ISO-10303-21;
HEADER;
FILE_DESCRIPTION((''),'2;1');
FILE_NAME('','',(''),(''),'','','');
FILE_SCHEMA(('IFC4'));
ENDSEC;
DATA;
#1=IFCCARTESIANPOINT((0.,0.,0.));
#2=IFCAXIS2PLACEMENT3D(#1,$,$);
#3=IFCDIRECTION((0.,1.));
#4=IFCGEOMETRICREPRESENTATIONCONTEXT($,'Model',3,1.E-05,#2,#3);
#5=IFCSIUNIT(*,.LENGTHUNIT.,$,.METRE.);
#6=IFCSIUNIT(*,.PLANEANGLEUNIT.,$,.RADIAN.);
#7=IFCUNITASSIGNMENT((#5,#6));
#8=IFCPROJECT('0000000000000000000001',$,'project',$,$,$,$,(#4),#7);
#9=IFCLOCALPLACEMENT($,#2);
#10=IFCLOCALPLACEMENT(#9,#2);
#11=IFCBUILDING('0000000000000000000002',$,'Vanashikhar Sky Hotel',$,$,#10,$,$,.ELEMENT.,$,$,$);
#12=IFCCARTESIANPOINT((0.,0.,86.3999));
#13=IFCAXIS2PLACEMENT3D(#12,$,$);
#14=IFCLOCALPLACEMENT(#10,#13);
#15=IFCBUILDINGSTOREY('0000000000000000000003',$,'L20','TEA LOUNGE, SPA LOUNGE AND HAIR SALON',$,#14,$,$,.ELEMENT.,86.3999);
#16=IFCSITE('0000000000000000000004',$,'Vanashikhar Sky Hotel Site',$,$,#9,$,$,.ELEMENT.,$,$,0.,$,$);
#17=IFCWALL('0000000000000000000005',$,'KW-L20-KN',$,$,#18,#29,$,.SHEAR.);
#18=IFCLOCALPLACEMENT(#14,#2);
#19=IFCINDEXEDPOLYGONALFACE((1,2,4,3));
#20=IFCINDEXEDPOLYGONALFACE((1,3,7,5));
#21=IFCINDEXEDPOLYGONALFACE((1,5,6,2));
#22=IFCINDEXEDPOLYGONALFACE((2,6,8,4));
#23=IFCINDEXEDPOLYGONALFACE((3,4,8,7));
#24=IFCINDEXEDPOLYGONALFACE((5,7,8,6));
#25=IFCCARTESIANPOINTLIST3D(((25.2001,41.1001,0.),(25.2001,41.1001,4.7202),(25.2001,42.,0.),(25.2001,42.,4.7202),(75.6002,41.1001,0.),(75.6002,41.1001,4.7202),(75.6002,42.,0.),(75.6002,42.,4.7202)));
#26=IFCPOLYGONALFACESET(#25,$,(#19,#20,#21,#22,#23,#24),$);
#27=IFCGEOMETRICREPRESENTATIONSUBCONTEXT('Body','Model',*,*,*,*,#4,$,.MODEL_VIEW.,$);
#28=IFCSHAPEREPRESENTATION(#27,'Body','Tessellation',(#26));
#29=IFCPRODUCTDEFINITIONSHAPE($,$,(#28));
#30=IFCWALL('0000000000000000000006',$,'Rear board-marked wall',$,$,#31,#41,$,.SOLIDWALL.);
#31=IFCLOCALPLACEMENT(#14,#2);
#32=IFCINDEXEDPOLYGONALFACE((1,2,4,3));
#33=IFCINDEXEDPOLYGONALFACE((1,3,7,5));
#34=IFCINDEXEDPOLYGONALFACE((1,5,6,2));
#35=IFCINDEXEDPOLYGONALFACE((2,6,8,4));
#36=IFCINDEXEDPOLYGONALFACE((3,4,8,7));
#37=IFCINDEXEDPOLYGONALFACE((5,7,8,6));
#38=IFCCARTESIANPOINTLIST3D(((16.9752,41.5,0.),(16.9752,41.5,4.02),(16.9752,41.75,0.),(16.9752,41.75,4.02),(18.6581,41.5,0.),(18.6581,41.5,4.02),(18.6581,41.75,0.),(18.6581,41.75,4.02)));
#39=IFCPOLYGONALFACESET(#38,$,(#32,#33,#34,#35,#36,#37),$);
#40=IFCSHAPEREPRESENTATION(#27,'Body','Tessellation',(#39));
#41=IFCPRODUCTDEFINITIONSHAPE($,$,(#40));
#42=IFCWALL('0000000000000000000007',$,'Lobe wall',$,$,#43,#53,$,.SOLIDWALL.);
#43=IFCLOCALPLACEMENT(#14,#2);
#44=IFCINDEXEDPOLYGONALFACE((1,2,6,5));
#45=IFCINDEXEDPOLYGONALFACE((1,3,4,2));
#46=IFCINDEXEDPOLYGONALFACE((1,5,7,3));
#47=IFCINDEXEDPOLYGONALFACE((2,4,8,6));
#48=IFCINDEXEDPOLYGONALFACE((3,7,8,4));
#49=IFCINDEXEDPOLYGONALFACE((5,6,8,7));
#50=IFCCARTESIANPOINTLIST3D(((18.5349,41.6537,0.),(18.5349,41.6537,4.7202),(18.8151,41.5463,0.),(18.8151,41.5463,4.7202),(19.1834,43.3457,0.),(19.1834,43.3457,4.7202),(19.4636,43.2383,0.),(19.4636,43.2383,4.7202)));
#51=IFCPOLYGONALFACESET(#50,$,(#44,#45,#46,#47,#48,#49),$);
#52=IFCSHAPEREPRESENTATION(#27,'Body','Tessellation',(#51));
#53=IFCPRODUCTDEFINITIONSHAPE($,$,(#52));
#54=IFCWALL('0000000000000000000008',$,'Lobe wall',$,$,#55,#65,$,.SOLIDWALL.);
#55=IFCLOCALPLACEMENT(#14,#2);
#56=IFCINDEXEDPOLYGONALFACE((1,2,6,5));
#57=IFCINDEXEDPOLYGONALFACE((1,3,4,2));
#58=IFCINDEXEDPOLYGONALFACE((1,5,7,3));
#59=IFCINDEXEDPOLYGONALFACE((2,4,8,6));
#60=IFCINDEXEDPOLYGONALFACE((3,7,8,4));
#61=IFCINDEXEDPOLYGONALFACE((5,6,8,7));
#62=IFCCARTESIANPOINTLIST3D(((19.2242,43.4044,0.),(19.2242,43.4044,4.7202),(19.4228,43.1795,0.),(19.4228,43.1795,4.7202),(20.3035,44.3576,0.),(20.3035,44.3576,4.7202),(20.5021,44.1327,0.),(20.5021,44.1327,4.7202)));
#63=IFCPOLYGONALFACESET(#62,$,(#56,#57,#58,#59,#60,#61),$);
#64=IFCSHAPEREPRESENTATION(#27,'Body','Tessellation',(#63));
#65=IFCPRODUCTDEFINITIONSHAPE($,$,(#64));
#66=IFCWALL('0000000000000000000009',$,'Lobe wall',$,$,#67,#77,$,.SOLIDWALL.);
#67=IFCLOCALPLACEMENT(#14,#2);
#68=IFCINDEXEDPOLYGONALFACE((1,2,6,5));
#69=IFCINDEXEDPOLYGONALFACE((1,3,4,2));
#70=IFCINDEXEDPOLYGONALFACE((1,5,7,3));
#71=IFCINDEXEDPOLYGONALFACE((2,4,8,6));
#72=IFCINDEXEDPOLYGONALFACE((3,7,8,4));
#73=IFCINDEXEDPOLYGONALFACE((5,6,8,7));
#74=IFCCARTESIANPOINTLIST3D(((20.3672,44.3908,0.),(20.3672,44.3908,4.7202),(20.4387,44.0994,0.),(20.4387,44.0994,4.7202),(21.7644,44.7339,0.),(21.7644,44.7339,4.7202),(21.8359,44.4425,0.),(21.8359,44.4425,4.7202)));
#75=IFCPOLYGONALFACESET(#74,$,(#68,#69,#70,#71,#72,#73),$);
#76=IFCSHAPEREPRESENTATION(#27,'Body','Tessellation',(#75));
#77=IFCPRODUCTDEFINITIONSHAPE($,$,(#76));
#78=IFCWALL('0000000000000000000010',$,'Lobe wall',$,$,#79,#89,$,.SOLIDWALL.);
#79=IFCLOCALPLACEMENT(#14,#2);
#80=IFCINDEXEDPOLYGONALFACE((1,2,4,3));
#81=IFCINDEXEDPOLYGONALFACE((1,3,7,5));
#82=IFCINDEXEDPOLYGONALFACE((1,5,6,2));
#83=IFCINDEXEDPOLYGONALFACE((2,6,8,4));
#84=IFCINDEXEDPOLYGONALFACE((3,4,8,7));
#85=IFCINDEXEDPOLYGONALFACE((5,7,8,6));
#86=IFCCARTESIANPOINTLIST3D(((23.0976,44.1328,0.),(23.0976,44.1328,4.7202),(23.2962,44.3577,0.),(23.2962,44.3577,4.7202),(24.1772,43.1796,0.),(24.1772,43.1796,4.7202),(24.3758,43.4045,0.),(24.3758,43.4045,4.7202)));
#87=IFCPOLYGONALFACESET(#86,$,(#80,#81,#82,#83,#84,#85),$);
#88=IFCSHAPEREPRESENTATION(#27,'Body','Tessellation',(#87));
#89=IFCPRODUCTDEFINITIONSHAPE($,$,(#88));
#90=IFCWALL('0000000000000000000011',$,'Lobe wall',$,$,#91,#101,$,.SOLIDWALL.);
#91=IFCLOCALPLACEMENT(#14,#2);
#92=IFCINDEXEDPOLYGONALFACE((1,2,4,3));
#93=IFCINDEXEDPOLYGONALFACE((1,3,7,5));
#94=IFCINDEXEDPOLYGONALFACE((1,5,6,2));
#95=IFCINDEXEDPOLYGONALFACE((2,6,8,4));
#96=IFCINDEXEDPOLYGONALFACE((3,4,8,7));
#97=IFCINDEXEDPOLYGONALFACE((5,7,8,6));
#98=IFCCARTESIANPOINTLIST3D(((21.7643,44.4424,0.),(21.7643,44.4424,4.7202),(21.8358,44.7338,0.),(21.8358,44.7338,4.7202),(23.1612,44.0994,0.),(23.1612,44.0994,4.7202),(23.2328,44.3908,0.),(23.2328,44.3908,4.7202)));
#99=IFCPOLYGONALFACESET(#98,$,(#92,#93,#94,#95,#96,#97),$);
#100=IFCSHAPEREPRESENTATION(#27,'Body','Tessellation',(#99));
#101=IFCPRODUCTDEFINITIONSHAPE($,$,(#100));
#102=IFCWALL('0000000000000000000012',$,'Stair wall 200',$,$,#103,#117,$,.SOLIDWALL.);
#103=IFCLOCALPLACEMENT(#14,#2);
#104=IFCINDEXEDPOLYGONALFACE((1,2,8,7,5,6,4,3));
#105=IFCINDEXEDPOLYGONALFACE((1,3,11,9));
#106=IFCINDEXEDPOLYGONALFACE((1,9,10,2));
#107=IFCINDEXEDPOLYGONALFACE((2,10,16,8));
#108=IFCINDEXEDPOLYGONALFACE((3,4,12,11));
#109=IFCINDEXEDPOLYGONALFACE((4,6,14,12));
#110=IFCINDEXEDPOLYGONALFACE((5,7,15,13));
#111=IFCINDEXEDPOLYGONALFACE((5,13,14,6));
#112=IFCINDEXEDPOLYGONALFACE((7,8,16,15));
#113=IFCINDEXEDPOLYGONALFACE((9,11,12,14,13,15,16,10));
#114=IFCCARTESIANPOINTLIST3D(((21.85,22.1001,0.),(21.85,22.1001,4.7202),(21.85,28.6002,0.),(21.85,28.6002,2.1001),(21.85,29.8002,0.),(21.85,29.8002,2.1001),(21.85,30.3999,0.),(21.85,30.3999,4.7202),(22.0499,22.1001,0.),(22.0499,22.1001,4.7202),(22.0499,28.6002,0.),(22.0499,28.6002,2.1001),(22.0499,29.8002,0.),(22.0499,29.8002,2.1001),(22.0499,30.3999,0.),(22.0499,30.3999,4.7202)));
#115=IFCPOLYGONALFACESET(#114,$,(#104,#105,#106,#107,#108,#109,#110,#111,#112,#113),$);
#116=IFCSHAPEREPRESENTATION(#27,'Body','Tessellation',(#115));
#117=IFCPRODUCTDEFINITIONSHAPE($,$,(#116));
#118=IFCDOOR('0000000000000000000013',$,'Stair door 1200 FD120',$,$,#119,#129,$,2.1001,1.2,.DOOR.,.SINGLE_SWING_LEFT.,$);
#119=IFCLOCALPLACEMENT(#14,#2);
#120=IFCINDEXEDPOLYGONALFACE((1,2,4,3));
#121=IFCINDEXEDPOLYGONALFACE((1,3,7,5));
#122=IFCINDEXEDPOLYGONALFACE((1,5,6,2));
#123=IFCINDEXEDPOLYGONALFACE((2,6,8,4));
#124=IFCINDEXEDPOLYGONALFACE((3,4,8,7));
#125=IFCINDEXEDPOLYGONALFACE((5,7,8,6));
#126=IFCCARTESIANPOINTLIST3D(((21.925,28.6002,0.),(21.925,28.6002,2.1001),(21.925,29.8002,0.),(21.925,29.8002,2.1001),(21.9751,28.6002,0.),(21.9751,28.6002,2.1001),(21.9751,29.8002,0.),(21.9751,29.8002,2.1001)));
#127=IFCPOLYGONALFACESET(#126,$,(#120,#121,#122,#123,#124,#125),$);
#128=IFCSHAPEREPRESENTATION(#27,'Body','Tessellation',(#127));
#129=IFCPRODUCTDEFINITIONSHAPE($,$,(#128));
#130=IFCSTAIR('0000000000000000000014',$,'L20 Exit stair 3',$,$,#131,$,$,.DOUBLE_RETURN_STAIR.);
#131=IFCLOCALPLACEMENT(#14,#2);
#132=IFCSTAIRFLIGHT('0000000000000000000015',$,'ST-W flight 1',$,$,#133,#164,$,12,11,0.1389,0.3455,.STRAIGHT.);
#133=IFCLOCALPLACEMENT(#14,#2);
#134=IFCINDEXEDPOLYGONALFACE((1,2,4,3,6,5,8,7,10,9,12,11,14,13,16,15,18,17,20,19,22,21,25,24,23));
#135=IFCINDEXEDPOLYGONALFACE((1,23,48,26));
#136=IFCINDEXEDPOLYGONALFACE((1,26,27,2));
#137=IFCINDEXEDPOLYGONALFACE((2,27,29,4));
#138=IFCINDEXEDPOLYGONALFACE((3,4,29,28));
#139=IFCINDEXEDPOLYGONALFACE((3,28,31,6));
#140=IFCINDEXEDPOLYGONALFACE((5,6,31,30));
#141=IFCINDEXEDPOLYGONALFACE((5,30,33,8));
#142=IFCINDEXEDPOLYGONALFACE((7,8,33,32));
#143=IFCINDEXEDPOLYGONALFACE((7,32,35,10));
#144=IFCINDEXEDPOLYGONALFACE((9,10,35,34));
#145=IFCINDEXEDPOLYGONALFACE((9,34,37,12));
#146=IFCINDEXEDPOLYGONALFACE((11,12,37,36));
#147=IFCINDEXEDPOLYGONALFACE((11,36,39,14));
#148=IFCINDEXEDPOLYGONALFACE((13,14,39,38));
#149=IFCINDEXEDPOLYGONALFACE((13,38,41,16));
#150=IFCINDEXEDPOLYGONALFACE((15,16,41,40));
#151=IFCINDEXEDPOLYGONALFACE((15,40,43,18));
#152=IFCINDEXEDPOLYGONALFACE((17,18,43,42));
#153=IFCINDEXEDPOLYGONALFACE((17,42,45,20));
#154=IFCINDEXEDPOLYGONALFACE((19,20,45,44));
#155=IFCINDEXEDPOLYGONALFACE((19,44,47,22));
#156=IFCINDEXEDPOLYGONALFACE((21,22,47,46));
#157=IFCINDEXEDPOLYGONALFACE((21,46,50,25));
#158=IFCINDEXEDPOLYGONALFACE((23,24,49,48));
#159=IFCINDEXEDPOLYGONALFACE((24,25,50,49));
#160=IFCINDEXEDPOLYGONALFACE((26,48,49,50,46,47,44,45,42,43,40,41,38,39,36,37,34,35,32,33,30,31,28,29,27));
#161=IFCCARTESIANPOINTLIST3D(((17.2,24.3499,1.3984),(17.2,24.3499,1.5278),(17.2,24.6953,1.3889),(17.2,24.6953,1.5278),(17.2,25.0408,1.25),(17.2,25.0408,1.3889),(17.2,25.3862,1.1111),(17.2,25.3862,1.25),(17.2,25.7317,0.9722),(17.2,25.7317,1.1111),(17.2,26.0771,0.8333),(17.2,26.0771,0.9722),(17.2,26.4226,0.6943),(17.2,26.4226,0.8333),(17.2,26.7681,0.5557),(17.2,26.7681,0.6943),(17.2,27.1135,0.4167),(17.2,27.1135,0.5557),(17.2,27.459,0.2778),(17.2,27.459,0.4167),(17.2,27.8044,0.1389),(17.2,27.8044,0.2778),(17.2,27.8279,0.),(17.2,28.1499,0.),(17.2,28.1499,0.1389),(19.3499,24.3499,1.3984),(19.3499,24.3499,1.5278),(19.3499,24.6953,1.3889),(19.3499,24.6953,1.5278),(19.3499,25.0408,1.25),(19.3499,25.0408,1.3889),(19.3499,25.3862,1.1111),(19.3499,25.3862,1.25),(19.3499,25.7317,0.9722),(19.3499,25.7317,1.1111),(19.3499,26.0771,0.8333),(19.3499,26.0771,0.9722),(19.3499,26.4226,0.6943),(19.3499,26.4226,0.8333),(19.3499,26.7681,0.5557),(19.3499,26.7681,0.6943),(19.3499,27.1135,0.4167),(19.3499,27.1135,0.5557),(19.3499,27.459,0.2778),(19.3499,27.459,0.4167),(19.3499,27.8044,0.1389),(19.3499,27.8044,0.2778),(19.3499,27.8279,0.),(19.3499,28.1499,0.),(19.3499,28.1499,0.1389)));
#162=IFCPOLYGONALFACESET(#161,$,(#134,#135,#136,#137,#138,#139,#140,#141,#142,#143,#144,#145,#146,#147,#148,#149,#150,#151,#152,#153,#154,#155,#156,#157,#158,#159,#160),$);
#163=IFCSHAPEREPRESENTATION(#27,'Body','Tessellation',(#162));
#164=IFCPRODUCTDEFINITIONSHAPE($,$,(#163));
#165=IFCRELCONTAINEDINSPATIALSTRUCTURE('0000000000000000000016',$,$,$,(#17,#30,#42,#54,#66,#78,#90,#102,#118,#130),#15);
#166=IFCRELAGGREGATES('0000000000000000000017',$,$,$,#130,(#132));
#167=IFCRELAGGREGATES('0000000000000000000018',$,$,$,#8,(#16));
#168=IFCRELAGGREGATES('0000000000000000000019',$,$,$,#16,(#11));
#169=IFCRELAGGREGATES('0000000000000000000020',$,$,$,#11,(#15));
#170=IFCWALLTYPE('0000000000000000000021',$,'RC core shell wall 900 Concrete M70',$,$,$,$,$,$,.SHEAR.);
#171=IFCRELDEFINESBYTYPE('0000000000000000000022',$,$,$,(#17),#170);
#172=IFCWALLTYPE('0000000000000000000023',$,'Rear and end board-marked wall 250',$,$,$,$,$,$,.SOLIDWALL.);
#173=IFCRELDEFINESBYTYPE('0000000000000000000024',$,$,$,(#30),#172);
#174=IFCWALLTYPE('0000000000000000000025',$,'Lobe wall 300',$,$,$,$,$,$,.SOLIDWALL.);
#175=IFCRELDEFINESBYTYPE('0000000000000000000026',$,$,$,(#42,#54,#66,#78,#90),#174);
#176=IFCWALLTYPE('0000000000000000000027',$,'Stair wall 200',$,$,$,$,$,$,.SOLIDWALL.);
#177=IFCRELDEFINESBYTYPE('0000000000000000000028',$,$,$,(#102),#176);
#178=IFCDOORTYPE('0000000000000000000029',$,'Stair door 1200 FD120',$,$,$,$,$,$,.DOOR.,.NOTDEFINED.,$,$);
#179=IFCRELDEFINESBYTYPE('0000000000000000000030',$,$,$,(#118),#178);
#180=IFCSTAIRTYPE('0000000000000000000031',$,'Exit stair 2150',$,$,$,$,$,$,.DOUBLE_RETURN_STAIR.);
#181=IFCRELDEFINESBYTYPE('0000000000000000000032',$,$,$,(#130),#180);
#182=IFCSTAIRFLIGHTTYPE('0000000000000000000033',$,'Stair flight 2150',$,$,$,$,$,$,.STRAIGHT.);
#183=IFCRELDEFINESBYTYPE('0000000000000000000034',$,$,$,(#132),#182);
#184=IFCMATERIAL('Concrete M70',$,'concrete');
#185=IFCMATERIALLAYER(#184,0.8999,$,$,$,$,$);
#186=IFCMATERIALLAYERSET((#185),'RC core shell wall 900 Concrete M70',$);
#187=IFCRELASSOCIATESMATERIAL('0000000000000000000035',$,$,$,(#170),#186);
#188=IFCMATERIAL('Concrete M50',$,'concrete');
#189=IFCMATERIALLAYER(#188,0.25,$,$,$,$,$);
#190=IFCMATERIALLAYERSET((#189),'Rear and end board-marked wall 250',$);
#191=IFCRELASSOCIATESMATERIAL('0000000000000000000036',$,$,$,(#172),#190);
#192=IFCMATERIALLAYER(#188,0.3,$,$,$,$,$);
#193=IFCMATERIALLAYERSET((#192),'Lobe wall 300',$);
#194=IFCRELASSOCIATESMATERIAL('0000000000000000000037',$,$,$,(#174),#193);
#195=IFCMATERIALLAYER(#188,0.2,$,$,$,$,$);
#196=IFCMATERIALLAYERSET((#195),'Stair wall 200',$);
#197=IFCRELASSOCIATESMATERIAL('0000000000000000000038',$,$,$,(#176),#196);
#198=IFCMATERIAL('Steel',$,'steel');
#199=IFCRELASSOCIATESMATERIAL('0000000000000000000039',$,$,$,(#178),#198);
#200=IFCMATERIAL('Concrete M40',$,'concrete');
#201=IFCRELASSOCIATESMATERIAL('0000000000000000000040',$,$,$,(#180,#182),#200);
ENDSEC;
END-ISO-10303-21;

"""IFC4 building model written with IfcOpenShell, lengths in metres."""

from ifc_helpers import new_model, si_unit, direction, frame, frame_2d, origin, place, context, subcontext, project, spatial, polyline, rectangle, outline, extrude, source, transform, mapped, material, layer, layer_set, type_object, element, fill, aggregate, save


model = new_model("IFC4")

# Units and contexts
model_context = context("Model", 3, precision=1e-05, world=origin(), true_north=direction((0.0, 1.0)))
body_context = subcontext(model_context, "Body", "Model", "MODEL_VIEW")
ifc_project = project(units=[si_unit("LENGTHUNIT", "METRE"), si_unit("PLANEANGLEUNIT", "RADIAN")], contexts=[model_context])

# Site, building, storey
site_placement = place(None, origin())
site = spatial("IfcSite", under=ifc_project, at=site_placement, Name="Vanashikhar Sky Hotel Site", CompositionType="ELEMENT", RefElevation=0.0)
building_placement = place(site_placement, origin())
building = spatial("IfcBuilding", under=site, at=building_placement, Name="Vanashikhar Sky Hotel", CompositionType="ELEMENT")
storey_placement = place(building_placement, frame((0.0, 0.0, 86.3999)))
storey = spatial("IfcBuildingStorey", under=building, at=storey_placement, Name="L20", Description="TEA LOUNGE, SPA LOUNGE AND HAIR SALON", CompositionType="ELEMENT", Elevation=86.3999)

# Shared definitions
ifc_material_1 = material(Name="Concrete M70", Category="concrete")
ifc_layer_1 = layer(ifc_material_1, 0.8999)
ifc_layer_set_1 = layer_set([ifc_layer_1], Name="RC core shell wall 900 Concrete M70")
wall_type_1 = type_object("IfcWallType", Name="RC core shell wall 900 Concrete M70", PredefinedType="SHEAR", material=ifc_layer_set_1)
shared_shape_1 = source(origin(), body_context, "Body", "SweptSolid", [
    extrude(rectangle(XDim=50.4001, YDim=0.8999, at=frame_2d((25.2002, 0.0))), origin(), (0.0, 0.0, 1.0), 4.7202),
])
ifc_material_2 = material(Name="Steel", Category="steel")

# Walls
wall_1_placement = place(storey_placement, frame((25.2, 41.55, 0.0), z_axis=(0.0, 0.0, 1.0), x_axis=(1.0, 0.0, 0.0)))
element("IfcWall", 1, at=wall_1_placement, inside=storey, type_object=wall_type_1, Name="KW-L20-KN", PredefinedType="SHEAR", context=body_context, shape_type="MappedRepresentation", body=[
    mapped(shared_shape_1, transform((0.0, 0.0, 0.0), scale=1.0)),
])
ifc_material_3 = material(Name="Concrete M50", Category="concrete")
ifc_layer_2 = layer(ifc_material_3, 0.25)
ifc_layer_set_2 = layer_set([ifc_layer_2], Name="Rear and end board-marked wall 250")
wall_type_2 = type_object("IfcWallType", Name="Rear and end board-marked wall 250", PredefinedType="SOLIDWALL", material=ifc_layer_set_2)
shared_shape_2 = source(origin(), body_context, "Body", "SweptSolid", [
    extrude(rectangle(XDim=1.6829, YDim=0.25, at=frame_2d((0.8413, 0.0))), origin(), (0.0, 0.0, 1.0), 4.02),
])
wall_2_placement = place(storey_placement, frame((18.658, 41.625, 0.0), z_axis=(0.0, 0.0, 1.0), x_axis=(-1.0, 0.0, 0.0)))
element("IfcWall", 2, at=wall_2_placement, inside=storey, type_object=wall_type_2, Name="Rear board-marked wall", PredefinedType="SOLIDWALL", context=body_context, shape_type="MappedRepresentation", body=[
    mapped(shared_shape_2, transform((0.0, 0.0, 0.0), scale=1.0)),
])
ifc_layer_3 = layer(ifc_material_3, 0.3)
ifc_layer_set_3 = layer_set([ifc_layer_3], Name="Lobe wall 300")
wall_type_3 = type_object("IfcWallType", Name="Lobe wall 300", PredefinedType="SOLIDWALL", material=ifc_layer_set_3)
shared_shape_3 = source(origin(), body_context, "Body", "SweptSolid", [
    extrude(rectangle(XDim=1.812, YDim=0.3, at=frame_2d((0.906, 0.0))), origin(), (0.0, 0.0, 1.0), 4.7202),
])
wall_3_placement = place(storey_placement, frame((19.3235, 43.292, 0.0), z_axis=(0.0, 0.0, 1.0), x_axis=(-0.357877, -0.933769, 0.0)))
element("IfcWall", 3, at=wall_3_placement, inside=storey, type_object=wall_type_3, Name="Lobe wall", PredefinedType="SOLIDWALL", context=body_context, shape_type="MappedRepresentation", body=[
    mapped(shared_shape_3, transform((0.0, 0.0, 0.0), scale=1.0)),
])
shared_shape_4 = source(origin(), body_context, "Body", "SweptSolid", [
    extrude(rectangle(XDim=1.4399, YDim=0.3, at=frame_2d((0.72, 0.0))), origin(), (0.0, 0.0, 1.0), 4.7202),
])
wall_4_placement = place(storey_placement, frame((20.4028, 44.2451, 0.0), z_axis=(0.0, 0.0, 1.0), x_axis=(-0.749576, -0.661919, 0.0)))
element("IfcWall", 4, at=wall_4_placement, inside=storey, type_object=wall_type_3, Name="Lobe wall", PredefinedType="SOLIDWALL", context=body_context, shape_type="MappedRepresentation", body=[
    mapped(shared_shape_4, transform((0.0, 0.0, 0.0), scale=1.0)),
])
shared_shape_5 = source(origin(), body_context, "Body", "SweptSolid", [
    extrude(rectangle(XDim=1.4387, YDim=0.3, at=frame_2d((0.7192, 0.0))), origin(), (0.0, 0.0, 1.0), 4.7202),
])
wall_5_placement = place(storey_placement, frame((21.8, 44.5881, 0.0), z_axis=(0.0, 0.0, 1.0), x_axis=(-0.971162, -0.238421, 0.0)))
element("IfcWall", 5, at=wall_5_placement, inside=storey, type_object=wall_type_3, Name="Lobe wall", PredefinedType="SOLIDWALL", context=body_context, shape_type="MappedRepresentation", body=[
    mapped(shared_shape_5, transform((0.0, 0.0, 0.0), scale=1.0)),
])
shared_shape_6 = source(origin(), body_context, "Body", "SweptSolid", [
    extrude(rectangle(XDim=1.4402, YDim=0.3, at=frame_2d((0.7202, 0.0))), origin(), (0.0, 0.0, 1.0), 4.7202),
])
wall_6_placement = place(storey_placement, frame((24.2766, 43.292, 0.0), z_axis=(0.0, 0.0, 1.0), x_axis=(-0.74965, 0.661835, 0.0)))
element("IfcWall", 6, at=wall_6_placement, inside=storey, type_object=wall_type_3, Name="Lobe wall", PredefinedType="SOLIDWALL", context=body_context, shape_type="MappedRepresentation", body=[
    mapped(shared_shape_6, transform((0.0, 0.0, 0.0), scale=1.0)),
])
shared_shape_7 = source(origin(), body_context, "Body", "SweptSolid", [
    extrude(rectangle(XDim=1.4385, YDim=0.3, at=frame_2d((0.7192, 0.0))), origin(), (0.0, 0.0, 1.0), 4.7202),
])
wall_7_placement = place(storey_placement, frame((23.197, 44.2451, 0.0), z_axis=(0.0, 0.0, 1.0), x_axis=(-0.971152, 0.23846, 0.0)))
element("IfcWall", 7, at=wall_7_placement, inside=storey, type_object=wall_type_3, Name="Lobe wall", PredefinedType="SOLIDWALL", context=body_context, shape_type="MappedRepresentation", body=[
    mapped(shared_shape_7, transform((0.0, 0.0, 0.0), scale=1.0)),
])

# Wall, opening, door
ifc_layer_4 = layer(ifc_material_3, 0.2)
ifc_layer_set_4 = layer_set([ifc_layer_4], Name="Stair wall 200")
wall_type_4 = type_object("IfcWallType", Name="Stair wall 200", PredefinedType="SOLIDWALL", material=ifc_layer_set_4)
shared_shape_8 = source(origin(), body_context, "Body", "SweptSolid", [
    extrude(rectangle(XDim=8.2998, YDim=0.2, at=frame_2d((4.1499, 0.0))), origin(), (0.0, 0.0, 1.0), 4.7202),
])
wall_8_placement = place(storey_placement, frame((21.95, 22.1001, 0.0), z_axis=(0.0, 0.0, 1.0), x_axis=(0.0, 1.0, 0.0)))
wall_8 = element("IfcWall", 8, at=wall_8_placement, inside=storey, type_object=wall_type_4, Name="Stair wall 200", PredefinedType="SOLIDWALL", context=body_context, shape_type="MappedRepresentation", body=[
    mapped(shared_shape_8, transform((0.0, 0.0, 0.0), scale=1.0)),
])
shared_shape_9 = source(origin(), body_context, "Body", "SweptSolid", [
    extrude(rectangle(XDim=1.2, YDim=2.1001, at=frame_2d((0.6001, 1.05))), frame((0.0, 0.1099, 0.0), z_axis=(0.0, -1.0, 0.0), x_axis=(1.0, 0.0, 0.0)), (0.0, 0.0, 1.0), 0.22),
])
opening_1_placement = place(wall_8_placement, frame((6.5, 0.0, 0.0)))
opening_1 = element("IfcOpeningElement", 9, at=opening_1_placement, cuts=wall_8, PredefinedType="OPENING", context=body_context, shape_type="MappedRepresentation", body=[
    mapped(shared_shape_9, transform((0.0, 0.0, 0.0), scale=1.0)),
])
door_type_1 = type_object("IfcDoorType", Name="Stair door 1200 FD120", OperationType="NOTDEFINED", PredefinedType="DOOR", material=ifc_material_2)
shared_shape_10 = source(origin(), body_context, "Body", "SweptSolid", [
    extrude(rectangle(XDim=1.2, YDim=2.1001, at=frame_2d((0.6001, 1.05))), frame((0.0, 0.0249, 0.0), z_axis=(0.0, -1.0, 0.0), x_axis=(1.0, 0.0, 0.0)), (0.0, 0.0, 1.0), 0.05),
])
door_1_placement = place(opening_1_placement, origin())
door_1 = element("IfcDoor", 10, at=door_1_placement, inside=storey, type_object=door_type_1, Name="Stair door 1200 FD120", OperationType="SINGLE_SWING_LEFT", OverallHeight=2.1001, OverallWidth=1.2, PredefinedType="DOOR", context=body_context, shape_type="MappedRepresentation", body=[
    mapped(shared_shape_10, transform((0.0, 0.0, 0.0), scale=1.0)),
])
fill(opening_1, door_1)

# Stair, stair flight
ifc_material_4 = material(Name="Concrete M40", Category="concrete")
stair_type = type_object("IfcStairType", Name="Exit stair 2150", PredefinedType="DOUBLE_RETURN_STAIR", material=ifc_material_4)
stair_placement = place(storey_placement, origin())
stair = element("IfcStair", 11, at=stair_placement, inside=storey, type_object=stair_type, Name="L20 Exit stair 3", PredefinedType="DOUBLE_RETURN_STAIR")
stair_flight_type = type_object("IfcStairFlightType", Name="Stair flight 2150", PredefinedType="STRAIGHT", material=ifc_material_4)
shared_shape_11 = source(origin(), body_context, "Body", "SweptSolid", [
    extrude(outline(polyline([(0.0, 0.0), (0.0, 0.1389), (0.3455, 0.1389), (0.3455, 0.2778), (0.6909, 0.2778), (0.6909, 0.4167), (1.0364, 0.4167), (1.0364, 0.5557), (1.3818, 0.5557), (1.3818, 0.6943), (1.7273, 0.6943), (1.7273, 0.8333), (2.0728, 0.8333), (2.0728, 0.9722), (2.4182, 0.9722), (2.4182, 1.1111), (2.7637, 1.1111), (2.7637, 1.25), (3.1091, 1.25), (3.1091, 1.3889), (3.4546, 1.3889), (3.4546, 1.5278), (3.8, 1.5278), (3.8, 1.6667), (3.8, 1.3984), (0.322, 0.0), (0.0, 0.0)])), frame((0.0, 1.075, 0.0), z_axis=(0.0, -1.0, 0.0), x_axis=(1.0, 0.0, 0.0)), (0.0, 0.0, 1.0), 2.1499),
])
stair_flight_1_placement = place(storey_placement, frame((18.2749, 28.1499, 0.0), z_axis=(0.0, 0.0, 1.0), x_axis=(0.0, -1.0, 0.0)))
stair_flight_1 = element("IfcStairFlight", 12, at=stair_flight_1_placement, type_object=stair_flight_type, Name="ST-W flight 1", NumberOfRisers=12, NumberOfTreads=11, PredefinedType="STRAIGHT", RiserHeight=0.1389, TreadLength=0.3455, context=body_context, shape_type="MappedRepresentation", body=[
    mapped(shared_shape_11, transform((0.0, 0.0, 0.0), scale=1.0)),
])
aggregate(stair, [stair_flight_1])

save(model, "model.ifc")
